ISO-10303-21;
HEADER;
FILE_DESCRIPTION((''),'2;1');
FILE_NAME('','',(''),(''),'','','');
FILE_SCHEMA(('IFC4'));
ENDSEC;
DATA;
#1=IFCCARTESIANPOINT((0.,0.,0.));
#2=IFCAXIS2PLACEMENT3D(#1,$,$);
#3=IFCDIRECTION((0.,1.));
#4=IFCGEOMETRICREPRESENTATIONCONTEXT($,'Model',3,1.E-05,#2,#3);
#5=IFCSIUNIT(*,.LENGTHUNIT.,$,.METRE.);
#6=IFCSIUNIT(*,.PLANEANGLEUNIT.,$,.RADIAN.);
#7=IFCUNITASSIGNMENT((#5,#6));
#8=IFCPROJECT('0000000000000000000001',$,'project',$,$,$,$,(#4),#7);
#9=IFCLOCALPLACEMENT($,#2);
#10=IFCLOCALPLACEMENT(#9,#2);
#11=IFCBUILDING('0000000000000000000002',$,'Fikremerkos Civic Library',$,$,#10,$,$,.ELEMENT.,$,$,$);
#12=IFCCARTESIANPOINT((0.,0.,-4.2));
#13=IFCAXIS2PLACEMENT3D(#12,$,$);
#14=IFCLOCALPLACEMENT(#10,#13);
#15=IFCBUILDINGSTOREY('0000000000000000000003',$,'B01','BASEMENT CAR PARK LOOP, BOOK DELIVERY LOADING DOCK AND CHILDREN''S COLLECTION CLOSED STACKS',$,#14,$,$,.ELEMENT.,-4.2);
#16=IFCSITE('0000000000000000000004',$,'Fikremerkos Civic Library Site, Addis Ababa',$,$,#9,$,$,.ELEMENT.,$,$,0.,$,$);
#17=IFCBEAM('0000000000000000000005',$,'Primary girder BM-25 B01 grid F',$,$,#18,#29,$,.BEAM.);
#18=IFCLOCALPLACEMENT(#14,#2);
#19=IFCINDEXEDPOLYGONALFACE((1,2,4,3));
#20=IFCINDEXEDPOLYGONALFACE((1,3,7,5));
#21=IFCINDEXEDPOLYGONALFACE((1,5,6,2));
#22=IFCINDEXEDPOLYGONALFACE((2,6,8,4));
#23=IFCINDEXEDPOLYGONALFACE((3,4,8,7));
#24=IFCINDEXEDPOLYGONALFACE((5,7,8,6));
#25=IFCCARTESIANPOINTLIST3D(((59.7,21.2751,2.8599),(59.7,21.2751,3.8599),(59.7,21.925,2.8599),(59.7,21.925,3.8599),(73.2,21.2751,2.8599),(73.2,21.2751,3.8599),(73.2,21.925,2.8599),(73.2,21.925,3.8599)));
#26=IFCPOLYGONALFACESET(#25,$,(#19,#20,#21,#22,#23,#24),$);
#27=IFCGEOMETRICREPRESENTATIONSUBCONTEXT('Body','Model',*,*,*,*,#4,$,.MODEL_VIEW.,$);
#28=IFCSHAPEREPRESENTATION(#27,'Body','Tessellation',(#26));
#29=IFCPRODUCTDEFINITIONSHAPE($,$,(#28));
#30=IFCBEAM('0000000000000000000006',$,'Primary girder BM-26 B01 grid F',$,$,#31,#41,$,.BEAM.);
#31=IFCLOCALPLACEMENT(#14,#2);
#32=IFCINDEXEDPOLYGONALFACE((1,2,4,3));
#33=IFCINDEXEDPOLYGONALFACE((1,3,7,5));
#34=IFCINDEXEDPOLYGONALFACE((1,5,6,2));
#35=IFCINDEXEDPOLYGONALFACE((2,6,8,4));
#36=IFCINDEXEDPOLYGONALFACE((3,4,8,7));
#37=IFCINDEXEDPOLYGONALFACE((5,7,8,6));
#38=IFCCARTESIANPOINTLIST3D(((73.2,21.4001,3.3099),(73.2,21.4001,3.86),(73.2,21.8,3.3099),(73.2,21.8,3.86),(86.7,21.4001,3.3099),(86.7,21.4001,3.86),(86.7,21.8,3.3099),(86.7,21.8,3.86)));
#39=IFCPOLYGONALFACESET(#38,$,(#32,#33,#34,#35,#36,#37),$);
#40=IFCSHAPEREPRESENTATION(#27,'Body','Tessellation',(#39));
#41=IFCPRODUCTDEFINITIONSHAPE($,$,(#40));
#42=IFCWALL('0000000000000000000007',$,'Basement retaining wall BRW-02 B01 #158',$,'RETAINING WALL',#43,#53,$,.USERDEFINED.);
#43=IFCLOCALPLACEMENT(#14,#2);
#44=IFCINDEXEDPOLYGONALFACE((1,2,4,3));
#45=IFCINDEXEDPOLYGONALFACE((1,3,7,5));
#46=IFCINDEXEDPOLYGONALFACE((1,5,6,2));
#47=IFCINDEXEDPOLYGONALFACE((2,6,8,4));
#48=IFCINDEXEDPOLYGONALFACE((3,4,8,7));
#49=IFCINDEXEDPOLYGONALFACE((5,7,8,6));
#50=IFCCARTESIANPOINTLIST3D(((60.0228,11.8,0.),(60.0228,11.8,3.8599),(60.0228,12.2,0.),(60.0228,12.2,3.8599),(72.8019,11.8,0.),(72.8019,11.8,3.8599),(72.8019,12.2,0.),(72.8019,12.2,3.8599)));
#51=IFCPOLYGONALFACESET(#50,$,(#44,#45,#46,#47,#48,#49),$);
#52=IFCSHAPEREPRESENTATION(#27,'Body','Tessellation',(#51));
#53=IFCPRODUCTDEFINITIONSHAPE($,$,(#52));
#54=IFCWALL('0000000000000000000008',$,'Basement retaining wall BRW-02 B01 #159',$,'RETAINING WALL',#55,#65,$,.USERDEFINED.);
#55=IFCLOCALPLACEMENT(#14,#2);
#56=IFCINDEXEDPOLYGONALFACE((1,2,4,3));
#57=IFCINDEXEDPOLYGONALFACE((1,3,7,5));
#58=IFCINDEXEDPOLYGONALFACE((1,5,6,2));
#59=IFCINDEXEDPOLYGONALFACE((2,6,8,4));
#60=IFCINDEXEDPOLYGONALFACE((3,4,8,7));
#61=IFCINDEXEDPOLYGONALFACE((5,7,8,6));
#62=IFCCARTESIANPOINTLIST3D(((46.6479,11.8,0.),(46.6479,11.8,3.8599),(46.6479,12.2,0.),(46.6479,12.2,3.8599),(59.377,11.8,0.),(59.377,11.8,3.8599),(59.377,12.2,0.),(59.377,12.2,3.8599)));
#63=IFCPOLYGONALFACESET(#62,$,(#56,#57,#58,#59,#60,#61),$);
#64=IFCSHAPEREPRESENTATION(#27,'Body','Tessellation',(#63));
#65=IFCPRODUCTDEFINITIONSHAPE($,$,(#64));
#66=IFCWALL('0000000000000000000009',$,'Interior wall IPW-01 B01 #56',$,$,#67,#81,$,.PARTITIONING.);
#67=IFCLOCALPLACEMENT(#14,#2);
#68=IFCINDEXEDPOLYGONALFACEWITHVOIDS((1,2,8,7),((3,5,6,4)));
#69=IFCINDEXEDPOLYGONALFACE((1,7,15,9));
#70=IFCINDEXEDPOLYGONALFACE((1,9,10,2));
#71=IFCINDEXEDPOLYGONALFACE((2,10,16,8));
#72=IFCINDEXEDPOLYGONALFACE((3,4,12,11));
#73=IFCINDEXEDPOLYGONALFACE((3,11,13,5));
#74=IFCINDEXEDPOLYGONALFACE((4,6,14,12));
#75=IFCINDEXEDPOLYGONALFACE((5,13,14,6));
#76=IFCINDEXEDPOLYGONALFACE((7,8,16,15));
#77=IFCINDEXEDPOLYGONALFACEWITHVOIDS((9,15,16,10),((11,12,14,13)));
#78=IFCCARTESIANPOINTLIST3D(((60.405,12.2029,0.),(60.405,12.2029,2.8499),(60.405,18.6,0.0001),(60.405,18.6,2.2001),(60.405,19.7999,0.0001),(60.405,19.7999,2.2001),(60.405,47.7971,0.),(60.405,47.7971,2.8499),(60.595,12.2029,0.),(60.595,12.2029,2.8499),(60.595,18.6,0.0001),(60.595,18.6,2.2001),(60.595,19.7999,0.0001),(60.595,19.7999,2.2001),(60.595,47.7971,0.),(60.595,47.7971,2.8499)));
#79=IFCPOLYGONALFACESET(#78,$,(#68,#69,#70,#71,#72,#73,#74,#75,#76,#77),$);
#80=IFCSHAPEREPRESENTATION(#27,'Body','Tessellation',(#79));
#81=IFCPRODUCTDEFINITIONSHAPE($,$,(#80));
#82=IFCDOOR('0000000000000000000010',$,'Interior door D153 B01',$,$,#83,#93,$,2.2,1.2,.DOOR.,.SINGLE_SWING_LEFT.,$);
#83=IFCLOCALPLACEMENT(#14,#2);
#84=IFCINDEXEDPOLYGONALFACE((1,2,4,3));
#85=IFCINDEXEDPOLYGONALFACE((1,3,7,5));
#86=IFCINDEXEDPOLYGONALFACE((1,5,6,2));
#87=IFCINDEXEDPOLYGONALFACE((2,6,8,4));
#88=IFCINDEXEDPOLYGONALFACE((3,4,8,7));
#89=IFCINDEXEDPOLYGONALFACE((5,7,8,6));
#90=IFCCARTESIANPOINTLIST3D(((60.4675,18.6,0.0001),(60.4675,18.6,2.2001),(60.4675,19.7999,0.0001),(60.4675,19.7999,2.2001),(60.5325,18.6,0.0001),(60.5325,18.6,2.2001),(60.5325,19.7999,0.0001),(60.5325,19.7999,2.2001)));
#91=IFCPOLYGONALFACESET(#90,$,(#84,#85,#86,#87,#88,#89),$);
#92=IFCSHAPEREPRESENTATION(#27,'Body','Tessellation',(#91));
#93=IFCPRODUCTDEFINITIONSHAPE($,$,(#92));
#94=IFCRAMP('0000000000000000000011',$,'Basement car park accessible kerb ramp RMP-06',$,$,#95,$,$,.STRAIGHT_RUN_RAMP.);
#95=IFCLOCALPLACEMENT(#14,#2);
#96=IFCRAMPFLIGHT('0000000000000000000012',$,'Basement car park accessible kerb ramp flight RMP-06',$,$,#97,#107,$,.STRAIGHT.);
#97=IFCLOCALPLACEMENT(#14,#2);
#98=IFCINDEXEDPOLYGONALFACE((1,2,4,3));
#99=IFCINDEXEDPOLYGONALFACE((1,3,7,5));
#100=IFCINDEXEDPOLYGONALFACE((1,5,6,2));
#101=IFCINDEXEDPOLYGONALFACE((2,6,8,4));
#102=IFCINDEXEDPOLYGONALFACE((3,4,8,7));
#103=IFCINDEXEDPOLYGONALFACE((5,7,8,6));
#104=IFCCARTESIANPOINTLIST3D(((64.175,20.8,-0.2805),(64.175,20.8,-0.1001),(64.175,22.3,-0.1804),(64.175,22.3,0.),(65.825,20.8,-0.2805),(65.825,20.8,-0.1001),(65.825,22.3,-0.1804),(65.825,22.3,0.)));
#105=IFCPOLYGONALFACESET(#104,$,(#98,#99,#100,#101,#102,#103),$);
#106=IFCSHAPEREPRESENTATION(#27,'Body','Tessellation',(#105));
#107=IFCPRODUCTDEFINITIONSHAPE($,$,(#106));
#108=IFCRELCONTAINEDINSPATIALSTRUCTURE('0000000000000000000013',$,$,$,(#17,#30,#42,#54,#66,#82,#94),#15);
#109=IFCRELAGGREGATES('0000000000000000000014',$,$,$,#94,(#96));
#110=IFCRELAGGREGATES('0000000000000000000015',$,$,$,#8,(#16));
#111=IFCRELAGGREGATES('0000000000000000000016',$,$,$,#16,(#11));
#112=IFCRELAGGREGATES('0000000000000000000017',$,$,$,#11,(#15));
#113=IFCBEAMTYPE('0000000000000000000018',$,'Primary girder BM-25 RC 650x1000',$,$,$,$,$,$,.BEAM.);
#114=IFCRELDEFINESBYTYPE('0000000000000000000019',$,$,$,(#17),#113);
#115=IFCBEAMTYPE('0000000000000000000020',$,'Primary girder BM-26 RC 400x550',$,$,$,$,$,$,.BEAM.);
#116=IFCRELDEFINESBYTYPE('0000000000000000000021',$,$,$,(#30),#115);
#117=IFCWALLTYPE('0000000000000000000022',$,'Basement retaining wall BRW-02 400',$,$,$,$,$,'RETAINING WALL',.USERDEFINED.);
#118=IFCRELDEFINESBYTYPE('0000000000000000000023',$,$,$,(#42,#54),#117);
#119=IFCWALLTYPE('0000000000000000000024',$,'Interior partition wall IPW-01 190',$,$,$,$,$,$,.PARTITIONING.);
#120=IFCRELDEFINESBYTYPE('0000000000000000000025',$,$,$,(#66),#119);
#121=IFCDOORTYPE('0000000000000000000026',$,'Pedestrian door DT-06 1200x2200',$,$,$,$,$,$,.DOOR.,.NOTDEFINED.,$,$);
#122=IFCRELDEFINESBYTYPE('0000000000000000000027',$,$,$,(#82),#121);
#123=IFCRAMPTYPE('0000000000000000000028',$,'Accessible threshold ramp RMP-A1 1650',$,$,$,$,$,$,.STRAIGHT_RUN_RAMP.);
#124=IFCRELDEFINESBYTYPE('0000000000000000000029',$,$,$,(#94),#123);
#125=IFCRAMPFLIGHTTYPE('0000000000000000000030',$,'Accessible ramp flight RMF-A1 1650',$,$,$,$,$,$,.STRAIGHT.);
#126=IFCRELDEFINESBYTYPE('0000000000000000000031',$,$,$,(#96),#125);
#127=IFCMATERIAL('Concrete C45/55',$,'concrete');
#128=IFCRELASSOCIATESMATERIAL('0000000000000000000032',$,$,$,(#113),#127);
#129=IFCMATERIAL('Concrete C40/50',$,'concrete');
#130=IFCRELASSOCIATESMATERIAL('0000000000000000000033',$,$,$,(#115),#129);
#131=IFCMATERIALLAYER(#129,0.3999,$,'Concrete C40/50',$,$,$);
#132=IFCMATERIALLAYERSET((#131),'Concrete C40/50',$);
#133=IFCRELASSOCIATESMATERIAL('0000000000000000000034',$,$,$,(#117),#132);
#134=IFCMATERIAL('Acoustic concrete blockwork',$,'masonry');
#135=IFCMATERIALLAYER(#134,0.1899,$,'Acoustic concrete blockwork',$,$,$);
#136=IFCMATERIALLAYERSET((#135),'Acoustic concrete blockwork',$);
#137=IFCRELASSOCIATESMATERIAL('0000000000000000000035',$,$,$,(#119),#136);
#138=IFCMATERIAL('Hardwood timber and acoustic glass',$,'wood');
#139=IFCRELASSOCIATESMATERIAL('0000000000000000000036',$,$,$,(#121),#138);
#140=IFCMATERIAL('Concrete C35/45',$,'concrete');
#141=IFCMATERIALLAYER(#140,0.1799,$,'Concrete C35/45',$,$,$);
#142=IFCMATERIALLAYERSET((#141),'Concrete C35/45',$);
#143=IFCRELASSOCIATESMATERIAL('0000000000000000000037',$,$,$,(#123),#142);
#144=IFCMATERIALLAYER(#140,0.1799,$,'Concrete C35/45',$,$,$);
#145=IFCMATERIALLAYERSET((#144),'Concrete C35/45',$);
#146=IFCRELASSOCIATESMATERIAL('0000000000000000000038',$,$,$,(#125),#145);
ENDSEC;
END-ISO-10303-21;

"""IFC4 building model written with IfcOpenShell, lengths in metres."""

from ifc_helpers import new_model, si_unit, direction, frame, frame_2d, origin, origin_2d, place, context, subcontext, project, spatial, polyline, rectangle, outline, extrude, material, layer, layer_set, material_profile, profile_set, type_object, element, fill, aggregate, save


model = new_model("IFC4")

# Units and contexts
model_context = context("Model", 3, precision=1e-05, world=origin(), true_north=direction((0.0, 1.0)))
body_context = subcontext(model_context, "Body", "Model", "MODEL_VIEW")
ifc_project = project(units=[si_unit("LENGTHUNIT", "METRE"), si_unit("PLANEANGLEUNIT", "RADIAN")], contexts=[model_context])

# Site, building, storey
site_placement = place(None, origin())
site = spatial("IfcSite", under=ifc_project, at=site_placement, Name="Fikremerkos Civic Library Site, Addis Ababa", CompositionType="ELEMENT", RefElevation=0.0)
building_placement = place(site_placement, origin())
building = spatial("IfcBuilding", under=site, at=building_placement, Name="Fikremerkos Civic Library", CompositionType="ELEMENT")
storey_placement = place(building_placement, frame((0.0, 0.0, -4.2)))
storey = spatial("IfcBuildingStorey", under=building, at=storey_placement, Name="B01", Description="BASEMENT CAR PARK LOOP, BOOK DELIVERY LOADING DOCK AND CHILDREN'S COLLECTION CLOSED STACKS", CompositionType="ELEMENT", Elevation=-4.2)

# Shared definitions
ifc_material_1 = material(Name="Concrete C40/50", Category="concrete")

# Beams
ifc_material_2 = material(Name="Concrete C45/55", Category="concrete")
ifc_material_profile_1 = material_profile(ifc_material_2, rectangle(XDim=0.6499, YDim=1.0, at=origin_2d()), Name="RC 650x1000")
ifc_profile_set_1 = profile_set([ifc_material_profile_1], Name="Concrete C45/55")
beam_type_1 = type_object("IfcBeamType", Name="Primary girder BM-25 RC 650x1000", PredefinedType="BEAM", material=ifc_profile_set_1)
beam_1_placement = place(storey_placement, frame((59.7, 21.6001, 3.3599), z_axis=(1.0, 0.0, 0.0), x_axis=(0.0, 1.0, 0.0)))
element("IfcBeam", 1, at=beam_1_placement, inside=storey, type_object=beam_type_1, Name="Primary girder BM-25 B01 grid F", PredefinedType="BEAM", context=body_context, shape_type="SweptSolid", body=[
    extrude(rectangle(XDim=0.6499, YDim=1.0, at=origin_2d()), origin(), (0.0, 0.0, 1.0), 13.5),
])
ifc_material_profile_2 = material_profile(ifc_material_1, rectangle(XDim=0.3999, YDim=0.55, at=origin_2d()), Name="RC 400x550")
ifc_profile_set_2 = profile_set([ifc_material_profile_2], Name="Concrete C40/50")
beam_type_2 = type_object("IfcBeamType", Name="Primary girder BM-26 RC 400x550", PredefinedType="BEAM", material=ifc_profile_set_2)
beam_2_placement = place(storey_placement, frame((73.2, 21.6001, 3.585), z_axis=(1.0, 0.0, 0.0), x_axis=(0.0, 1.0, 0.0)))
element("IfcBeam", 2, at=beam_2_placement, inside=storey, type_object=beam_type_2, Name="Primary girder BM-26 B01 grid F", PredefinedType="BEAM", context=body_context, shape_type="SweptSolid", body=[
    extrude(rectangle(XDim=0.3999, YDim=0.55, at=origin_2d()), origin(), (0.0, 0.0, 1.0), 13.5),
])

# Walls
ifc_layer_1 = layer(ifc_material_1, 0.3999, Name="Concrete C40/50")
ifc_layer_set_1 = layer_set([ifc_layer_1], Name="Concrete C40/50")
wall_type_1 = type_object("IfcWallType", Name="Basement retaining wall BRW-02 400", ElementType="RETAINING WALL", PredefinedType="USERDEFINED", material=ifc_layer_set_1)
wall_1_placement = place(storey_placement, frame((72.802, 12.0, 0.0), z_axis=(0.0, 0.0, 1.0), x_axis=(-1.0, 0.0, 0.0)))
element("IfcWall", 3, at=wall_1_placement, inside=storey, type_object=wall_type_1, Name="Basement retaining wall BRW-02 B01 #158", ObjectType="RETAINING WALL", PredefinedType="USERDEFINED", context=body_context, shape_type="SweptSolid", body=[
    extrude(rectangle(XDim=12.7791, YDim=0.3999, at=frame_2d((6.3896, 0.0))), origin(), (0.0, 0.0, 1.0), 3.8599),
])
wall_2_placement = place(storey_placement, frame((59.377, 12.0, 0.0), z_axis=(0.0, 0.0, 1.0), x_axis=(-1.0, 0.0, 0.0)))
element("IfcWall", 4, at=wall_2_placement, inside=storey, type_object=wall_type_1, Name="Basement retaining wall BRW-02 B01 #159", ObjectType="RETAINING WALL", PredefinedType="USERDEFINED", context=body_context, shape_type="SweptSolid", body=[
    extrude(rectangle(XDim=12.729, YDim=0.3999, at=frame_2d((6.3645, 0.0))), origin(), (0.0, 0.0, 1.0), 3.8599),
])

# Wall, opening, door
ifc_material_3 = material(Name="Acoustic concrete blockwork", Category="masonry")
ifc_layer_2 = layer(ifc_material_3, 0.1899, Name="Acoustic concrete blockwork")
ifc_layer_set_2 = layer_set([ifc_layer_2], Name="Acoustic concrete blockwork")
wall_type_2 = type_object("IfcWallType", Name="Interior partition wall IPW-01 190", PredefinedType="PARTITIONING", material=ifc_layer_set_2)
wall_3_placement = place(storey_placement, frame((60.5, 12.2029, 0.0), z_axis=(0.0, 0.0, 1.0), x_axis=(0.0, 1.0, 0.0)))
wall_3 = element("IfcWall", 5, at=wall_3_placement, inside=storey, type_object=wall_type_2, Name="Interior wall IPW-01 B01 #56", PredefinedType="PARTITIONING", context=body_context, shape_type="SweptSolid", body=[
    extrude(rectangle(XDim=35.5942, YDim=0.1899, at=frame_2d((17.7971, 0.0))), origin(), (0.0, 0.0, 1.0), 2.8499),
])
opening_placement = place(wall_3_placement, frame((6.397, 0.0, 0.0)))
opening = element("IfcOpeningElement", 6, at=opening_placement, cuts=wall_3, PredefinedType="OPENING", context=body_context, shape_type="SweptSolid", body=[
    extrude(rectangle(XDim=1.2, YDim=2.2, at=frame_2d((0.6001, 1.1001))), frame((0.0, 0.105, 0.0), z_axis=(0.0, -1.0, 0.0), x_axis=(1.0, 0.0, 0.0)), (0.0, 0.0, 1.0), 0.21),
])
ifc_material_4 = material(Name="Hardwood timber and acoustic glass", Category="wood")
door_type = type_object("IfcDoorType", Name="Pedestrian door DT-06 1200x2200", OperationType="NOTDEFINED", PredefinedType="DOOR", material=ifc_material_4)
door_placement = place(opening_placement, origin())
door = element("IfcDoor", 7, at=door_placement, inside=storey, type_object=door_type, Name="Interior door D153 B01", OperationType="SINGLE_SWING_LEFT", OverallHeight=2.2, OverallWidth=1.2, PredefinedType="DOOR", context=body_context, shape_type="SweptSolid", body=[
    extrude(rectangle(XDim=1.2, YDim=2.2, at=frame_2d((0.6001, 1.1001))), frame((0.0, 0.0325, 0.0), z_axis=(0.0, -1.0, 0.0), x_axis=(1.0, 0.0, 0.0)), (0.0, 0.0, 1.0), 0.0649),
])
fill(opening, door)

# Ramp, ramp flight
ifc_material_5 = material(Name="Concrete C35/45", Category="concrete")
ifc_layer_3 = layer(ifc_material_5, 0.1799, Name="Concrete C35/45")
ifc_layer_set_3 = layer_set([ifc_layer_3], Name="Concrete C35/45")
ramp_type = type_object("IfcRampType", Name="Accessible threshold ramp RMP-A1 1650", PredefinedType="STRAIGHT_RUN_RAMP", material=ifc_layer_set_3)
ramp_placement = place(storey_placement, origin())
ramp = element("IfcRamp", 8, at=ramp_placement, inside=storey, type_object=ramp_type, Name="Basement car park accessible kerb ramp RMP-06", PredefinedType="STRAIGHT_RUN_RAMP")
ifc_layer_4 = layer(ifc_material_5, 0.1799, Name="Concrete C35/45")
ifc_layer_set_4 = layer_set([ifc_layer_4], Name="Concrete C35/45")
ramp_flight_type = type_object("IfcRampFlightType", Name="Accessible ramp flight RMF-A1 1650", PredefinedType="STRAIGHT", material=ifc_layer_set_4)
ramp_flight_placement = place(storey_placement, frame((65.0, 20.8, -0.1001), z_axis=(0.0, 0.0, 1.0), x_axis=(0.0, 1.0, 0.0)))
ramp_flight = element("IfcRampFlight", 9, at=ramp_flight_placement, type_object=ramp_flight_type, Name="Basement car park accessible kerb ramp flight RMP-06", PredefinedType="STRAIGHT", context=body_context, shape_type="SweptSolid", body=[
    extrude(outline(polyline([(0.0, 0.0), (1.5, 0.1001), (1.5, -0.0803), (0.0, -0.1804), (0.0, 0.0)])), frame((0.0, 0.825, 0.0), z_axis=(0.0, -1.0, 0.0), x_axis=(1.0, 0.0, 0.0)), (0.0, 0.0, 1.0), 1.6499),
])
aggregate(ramp, [ramp_flight])

save(model, "model.ifc")
